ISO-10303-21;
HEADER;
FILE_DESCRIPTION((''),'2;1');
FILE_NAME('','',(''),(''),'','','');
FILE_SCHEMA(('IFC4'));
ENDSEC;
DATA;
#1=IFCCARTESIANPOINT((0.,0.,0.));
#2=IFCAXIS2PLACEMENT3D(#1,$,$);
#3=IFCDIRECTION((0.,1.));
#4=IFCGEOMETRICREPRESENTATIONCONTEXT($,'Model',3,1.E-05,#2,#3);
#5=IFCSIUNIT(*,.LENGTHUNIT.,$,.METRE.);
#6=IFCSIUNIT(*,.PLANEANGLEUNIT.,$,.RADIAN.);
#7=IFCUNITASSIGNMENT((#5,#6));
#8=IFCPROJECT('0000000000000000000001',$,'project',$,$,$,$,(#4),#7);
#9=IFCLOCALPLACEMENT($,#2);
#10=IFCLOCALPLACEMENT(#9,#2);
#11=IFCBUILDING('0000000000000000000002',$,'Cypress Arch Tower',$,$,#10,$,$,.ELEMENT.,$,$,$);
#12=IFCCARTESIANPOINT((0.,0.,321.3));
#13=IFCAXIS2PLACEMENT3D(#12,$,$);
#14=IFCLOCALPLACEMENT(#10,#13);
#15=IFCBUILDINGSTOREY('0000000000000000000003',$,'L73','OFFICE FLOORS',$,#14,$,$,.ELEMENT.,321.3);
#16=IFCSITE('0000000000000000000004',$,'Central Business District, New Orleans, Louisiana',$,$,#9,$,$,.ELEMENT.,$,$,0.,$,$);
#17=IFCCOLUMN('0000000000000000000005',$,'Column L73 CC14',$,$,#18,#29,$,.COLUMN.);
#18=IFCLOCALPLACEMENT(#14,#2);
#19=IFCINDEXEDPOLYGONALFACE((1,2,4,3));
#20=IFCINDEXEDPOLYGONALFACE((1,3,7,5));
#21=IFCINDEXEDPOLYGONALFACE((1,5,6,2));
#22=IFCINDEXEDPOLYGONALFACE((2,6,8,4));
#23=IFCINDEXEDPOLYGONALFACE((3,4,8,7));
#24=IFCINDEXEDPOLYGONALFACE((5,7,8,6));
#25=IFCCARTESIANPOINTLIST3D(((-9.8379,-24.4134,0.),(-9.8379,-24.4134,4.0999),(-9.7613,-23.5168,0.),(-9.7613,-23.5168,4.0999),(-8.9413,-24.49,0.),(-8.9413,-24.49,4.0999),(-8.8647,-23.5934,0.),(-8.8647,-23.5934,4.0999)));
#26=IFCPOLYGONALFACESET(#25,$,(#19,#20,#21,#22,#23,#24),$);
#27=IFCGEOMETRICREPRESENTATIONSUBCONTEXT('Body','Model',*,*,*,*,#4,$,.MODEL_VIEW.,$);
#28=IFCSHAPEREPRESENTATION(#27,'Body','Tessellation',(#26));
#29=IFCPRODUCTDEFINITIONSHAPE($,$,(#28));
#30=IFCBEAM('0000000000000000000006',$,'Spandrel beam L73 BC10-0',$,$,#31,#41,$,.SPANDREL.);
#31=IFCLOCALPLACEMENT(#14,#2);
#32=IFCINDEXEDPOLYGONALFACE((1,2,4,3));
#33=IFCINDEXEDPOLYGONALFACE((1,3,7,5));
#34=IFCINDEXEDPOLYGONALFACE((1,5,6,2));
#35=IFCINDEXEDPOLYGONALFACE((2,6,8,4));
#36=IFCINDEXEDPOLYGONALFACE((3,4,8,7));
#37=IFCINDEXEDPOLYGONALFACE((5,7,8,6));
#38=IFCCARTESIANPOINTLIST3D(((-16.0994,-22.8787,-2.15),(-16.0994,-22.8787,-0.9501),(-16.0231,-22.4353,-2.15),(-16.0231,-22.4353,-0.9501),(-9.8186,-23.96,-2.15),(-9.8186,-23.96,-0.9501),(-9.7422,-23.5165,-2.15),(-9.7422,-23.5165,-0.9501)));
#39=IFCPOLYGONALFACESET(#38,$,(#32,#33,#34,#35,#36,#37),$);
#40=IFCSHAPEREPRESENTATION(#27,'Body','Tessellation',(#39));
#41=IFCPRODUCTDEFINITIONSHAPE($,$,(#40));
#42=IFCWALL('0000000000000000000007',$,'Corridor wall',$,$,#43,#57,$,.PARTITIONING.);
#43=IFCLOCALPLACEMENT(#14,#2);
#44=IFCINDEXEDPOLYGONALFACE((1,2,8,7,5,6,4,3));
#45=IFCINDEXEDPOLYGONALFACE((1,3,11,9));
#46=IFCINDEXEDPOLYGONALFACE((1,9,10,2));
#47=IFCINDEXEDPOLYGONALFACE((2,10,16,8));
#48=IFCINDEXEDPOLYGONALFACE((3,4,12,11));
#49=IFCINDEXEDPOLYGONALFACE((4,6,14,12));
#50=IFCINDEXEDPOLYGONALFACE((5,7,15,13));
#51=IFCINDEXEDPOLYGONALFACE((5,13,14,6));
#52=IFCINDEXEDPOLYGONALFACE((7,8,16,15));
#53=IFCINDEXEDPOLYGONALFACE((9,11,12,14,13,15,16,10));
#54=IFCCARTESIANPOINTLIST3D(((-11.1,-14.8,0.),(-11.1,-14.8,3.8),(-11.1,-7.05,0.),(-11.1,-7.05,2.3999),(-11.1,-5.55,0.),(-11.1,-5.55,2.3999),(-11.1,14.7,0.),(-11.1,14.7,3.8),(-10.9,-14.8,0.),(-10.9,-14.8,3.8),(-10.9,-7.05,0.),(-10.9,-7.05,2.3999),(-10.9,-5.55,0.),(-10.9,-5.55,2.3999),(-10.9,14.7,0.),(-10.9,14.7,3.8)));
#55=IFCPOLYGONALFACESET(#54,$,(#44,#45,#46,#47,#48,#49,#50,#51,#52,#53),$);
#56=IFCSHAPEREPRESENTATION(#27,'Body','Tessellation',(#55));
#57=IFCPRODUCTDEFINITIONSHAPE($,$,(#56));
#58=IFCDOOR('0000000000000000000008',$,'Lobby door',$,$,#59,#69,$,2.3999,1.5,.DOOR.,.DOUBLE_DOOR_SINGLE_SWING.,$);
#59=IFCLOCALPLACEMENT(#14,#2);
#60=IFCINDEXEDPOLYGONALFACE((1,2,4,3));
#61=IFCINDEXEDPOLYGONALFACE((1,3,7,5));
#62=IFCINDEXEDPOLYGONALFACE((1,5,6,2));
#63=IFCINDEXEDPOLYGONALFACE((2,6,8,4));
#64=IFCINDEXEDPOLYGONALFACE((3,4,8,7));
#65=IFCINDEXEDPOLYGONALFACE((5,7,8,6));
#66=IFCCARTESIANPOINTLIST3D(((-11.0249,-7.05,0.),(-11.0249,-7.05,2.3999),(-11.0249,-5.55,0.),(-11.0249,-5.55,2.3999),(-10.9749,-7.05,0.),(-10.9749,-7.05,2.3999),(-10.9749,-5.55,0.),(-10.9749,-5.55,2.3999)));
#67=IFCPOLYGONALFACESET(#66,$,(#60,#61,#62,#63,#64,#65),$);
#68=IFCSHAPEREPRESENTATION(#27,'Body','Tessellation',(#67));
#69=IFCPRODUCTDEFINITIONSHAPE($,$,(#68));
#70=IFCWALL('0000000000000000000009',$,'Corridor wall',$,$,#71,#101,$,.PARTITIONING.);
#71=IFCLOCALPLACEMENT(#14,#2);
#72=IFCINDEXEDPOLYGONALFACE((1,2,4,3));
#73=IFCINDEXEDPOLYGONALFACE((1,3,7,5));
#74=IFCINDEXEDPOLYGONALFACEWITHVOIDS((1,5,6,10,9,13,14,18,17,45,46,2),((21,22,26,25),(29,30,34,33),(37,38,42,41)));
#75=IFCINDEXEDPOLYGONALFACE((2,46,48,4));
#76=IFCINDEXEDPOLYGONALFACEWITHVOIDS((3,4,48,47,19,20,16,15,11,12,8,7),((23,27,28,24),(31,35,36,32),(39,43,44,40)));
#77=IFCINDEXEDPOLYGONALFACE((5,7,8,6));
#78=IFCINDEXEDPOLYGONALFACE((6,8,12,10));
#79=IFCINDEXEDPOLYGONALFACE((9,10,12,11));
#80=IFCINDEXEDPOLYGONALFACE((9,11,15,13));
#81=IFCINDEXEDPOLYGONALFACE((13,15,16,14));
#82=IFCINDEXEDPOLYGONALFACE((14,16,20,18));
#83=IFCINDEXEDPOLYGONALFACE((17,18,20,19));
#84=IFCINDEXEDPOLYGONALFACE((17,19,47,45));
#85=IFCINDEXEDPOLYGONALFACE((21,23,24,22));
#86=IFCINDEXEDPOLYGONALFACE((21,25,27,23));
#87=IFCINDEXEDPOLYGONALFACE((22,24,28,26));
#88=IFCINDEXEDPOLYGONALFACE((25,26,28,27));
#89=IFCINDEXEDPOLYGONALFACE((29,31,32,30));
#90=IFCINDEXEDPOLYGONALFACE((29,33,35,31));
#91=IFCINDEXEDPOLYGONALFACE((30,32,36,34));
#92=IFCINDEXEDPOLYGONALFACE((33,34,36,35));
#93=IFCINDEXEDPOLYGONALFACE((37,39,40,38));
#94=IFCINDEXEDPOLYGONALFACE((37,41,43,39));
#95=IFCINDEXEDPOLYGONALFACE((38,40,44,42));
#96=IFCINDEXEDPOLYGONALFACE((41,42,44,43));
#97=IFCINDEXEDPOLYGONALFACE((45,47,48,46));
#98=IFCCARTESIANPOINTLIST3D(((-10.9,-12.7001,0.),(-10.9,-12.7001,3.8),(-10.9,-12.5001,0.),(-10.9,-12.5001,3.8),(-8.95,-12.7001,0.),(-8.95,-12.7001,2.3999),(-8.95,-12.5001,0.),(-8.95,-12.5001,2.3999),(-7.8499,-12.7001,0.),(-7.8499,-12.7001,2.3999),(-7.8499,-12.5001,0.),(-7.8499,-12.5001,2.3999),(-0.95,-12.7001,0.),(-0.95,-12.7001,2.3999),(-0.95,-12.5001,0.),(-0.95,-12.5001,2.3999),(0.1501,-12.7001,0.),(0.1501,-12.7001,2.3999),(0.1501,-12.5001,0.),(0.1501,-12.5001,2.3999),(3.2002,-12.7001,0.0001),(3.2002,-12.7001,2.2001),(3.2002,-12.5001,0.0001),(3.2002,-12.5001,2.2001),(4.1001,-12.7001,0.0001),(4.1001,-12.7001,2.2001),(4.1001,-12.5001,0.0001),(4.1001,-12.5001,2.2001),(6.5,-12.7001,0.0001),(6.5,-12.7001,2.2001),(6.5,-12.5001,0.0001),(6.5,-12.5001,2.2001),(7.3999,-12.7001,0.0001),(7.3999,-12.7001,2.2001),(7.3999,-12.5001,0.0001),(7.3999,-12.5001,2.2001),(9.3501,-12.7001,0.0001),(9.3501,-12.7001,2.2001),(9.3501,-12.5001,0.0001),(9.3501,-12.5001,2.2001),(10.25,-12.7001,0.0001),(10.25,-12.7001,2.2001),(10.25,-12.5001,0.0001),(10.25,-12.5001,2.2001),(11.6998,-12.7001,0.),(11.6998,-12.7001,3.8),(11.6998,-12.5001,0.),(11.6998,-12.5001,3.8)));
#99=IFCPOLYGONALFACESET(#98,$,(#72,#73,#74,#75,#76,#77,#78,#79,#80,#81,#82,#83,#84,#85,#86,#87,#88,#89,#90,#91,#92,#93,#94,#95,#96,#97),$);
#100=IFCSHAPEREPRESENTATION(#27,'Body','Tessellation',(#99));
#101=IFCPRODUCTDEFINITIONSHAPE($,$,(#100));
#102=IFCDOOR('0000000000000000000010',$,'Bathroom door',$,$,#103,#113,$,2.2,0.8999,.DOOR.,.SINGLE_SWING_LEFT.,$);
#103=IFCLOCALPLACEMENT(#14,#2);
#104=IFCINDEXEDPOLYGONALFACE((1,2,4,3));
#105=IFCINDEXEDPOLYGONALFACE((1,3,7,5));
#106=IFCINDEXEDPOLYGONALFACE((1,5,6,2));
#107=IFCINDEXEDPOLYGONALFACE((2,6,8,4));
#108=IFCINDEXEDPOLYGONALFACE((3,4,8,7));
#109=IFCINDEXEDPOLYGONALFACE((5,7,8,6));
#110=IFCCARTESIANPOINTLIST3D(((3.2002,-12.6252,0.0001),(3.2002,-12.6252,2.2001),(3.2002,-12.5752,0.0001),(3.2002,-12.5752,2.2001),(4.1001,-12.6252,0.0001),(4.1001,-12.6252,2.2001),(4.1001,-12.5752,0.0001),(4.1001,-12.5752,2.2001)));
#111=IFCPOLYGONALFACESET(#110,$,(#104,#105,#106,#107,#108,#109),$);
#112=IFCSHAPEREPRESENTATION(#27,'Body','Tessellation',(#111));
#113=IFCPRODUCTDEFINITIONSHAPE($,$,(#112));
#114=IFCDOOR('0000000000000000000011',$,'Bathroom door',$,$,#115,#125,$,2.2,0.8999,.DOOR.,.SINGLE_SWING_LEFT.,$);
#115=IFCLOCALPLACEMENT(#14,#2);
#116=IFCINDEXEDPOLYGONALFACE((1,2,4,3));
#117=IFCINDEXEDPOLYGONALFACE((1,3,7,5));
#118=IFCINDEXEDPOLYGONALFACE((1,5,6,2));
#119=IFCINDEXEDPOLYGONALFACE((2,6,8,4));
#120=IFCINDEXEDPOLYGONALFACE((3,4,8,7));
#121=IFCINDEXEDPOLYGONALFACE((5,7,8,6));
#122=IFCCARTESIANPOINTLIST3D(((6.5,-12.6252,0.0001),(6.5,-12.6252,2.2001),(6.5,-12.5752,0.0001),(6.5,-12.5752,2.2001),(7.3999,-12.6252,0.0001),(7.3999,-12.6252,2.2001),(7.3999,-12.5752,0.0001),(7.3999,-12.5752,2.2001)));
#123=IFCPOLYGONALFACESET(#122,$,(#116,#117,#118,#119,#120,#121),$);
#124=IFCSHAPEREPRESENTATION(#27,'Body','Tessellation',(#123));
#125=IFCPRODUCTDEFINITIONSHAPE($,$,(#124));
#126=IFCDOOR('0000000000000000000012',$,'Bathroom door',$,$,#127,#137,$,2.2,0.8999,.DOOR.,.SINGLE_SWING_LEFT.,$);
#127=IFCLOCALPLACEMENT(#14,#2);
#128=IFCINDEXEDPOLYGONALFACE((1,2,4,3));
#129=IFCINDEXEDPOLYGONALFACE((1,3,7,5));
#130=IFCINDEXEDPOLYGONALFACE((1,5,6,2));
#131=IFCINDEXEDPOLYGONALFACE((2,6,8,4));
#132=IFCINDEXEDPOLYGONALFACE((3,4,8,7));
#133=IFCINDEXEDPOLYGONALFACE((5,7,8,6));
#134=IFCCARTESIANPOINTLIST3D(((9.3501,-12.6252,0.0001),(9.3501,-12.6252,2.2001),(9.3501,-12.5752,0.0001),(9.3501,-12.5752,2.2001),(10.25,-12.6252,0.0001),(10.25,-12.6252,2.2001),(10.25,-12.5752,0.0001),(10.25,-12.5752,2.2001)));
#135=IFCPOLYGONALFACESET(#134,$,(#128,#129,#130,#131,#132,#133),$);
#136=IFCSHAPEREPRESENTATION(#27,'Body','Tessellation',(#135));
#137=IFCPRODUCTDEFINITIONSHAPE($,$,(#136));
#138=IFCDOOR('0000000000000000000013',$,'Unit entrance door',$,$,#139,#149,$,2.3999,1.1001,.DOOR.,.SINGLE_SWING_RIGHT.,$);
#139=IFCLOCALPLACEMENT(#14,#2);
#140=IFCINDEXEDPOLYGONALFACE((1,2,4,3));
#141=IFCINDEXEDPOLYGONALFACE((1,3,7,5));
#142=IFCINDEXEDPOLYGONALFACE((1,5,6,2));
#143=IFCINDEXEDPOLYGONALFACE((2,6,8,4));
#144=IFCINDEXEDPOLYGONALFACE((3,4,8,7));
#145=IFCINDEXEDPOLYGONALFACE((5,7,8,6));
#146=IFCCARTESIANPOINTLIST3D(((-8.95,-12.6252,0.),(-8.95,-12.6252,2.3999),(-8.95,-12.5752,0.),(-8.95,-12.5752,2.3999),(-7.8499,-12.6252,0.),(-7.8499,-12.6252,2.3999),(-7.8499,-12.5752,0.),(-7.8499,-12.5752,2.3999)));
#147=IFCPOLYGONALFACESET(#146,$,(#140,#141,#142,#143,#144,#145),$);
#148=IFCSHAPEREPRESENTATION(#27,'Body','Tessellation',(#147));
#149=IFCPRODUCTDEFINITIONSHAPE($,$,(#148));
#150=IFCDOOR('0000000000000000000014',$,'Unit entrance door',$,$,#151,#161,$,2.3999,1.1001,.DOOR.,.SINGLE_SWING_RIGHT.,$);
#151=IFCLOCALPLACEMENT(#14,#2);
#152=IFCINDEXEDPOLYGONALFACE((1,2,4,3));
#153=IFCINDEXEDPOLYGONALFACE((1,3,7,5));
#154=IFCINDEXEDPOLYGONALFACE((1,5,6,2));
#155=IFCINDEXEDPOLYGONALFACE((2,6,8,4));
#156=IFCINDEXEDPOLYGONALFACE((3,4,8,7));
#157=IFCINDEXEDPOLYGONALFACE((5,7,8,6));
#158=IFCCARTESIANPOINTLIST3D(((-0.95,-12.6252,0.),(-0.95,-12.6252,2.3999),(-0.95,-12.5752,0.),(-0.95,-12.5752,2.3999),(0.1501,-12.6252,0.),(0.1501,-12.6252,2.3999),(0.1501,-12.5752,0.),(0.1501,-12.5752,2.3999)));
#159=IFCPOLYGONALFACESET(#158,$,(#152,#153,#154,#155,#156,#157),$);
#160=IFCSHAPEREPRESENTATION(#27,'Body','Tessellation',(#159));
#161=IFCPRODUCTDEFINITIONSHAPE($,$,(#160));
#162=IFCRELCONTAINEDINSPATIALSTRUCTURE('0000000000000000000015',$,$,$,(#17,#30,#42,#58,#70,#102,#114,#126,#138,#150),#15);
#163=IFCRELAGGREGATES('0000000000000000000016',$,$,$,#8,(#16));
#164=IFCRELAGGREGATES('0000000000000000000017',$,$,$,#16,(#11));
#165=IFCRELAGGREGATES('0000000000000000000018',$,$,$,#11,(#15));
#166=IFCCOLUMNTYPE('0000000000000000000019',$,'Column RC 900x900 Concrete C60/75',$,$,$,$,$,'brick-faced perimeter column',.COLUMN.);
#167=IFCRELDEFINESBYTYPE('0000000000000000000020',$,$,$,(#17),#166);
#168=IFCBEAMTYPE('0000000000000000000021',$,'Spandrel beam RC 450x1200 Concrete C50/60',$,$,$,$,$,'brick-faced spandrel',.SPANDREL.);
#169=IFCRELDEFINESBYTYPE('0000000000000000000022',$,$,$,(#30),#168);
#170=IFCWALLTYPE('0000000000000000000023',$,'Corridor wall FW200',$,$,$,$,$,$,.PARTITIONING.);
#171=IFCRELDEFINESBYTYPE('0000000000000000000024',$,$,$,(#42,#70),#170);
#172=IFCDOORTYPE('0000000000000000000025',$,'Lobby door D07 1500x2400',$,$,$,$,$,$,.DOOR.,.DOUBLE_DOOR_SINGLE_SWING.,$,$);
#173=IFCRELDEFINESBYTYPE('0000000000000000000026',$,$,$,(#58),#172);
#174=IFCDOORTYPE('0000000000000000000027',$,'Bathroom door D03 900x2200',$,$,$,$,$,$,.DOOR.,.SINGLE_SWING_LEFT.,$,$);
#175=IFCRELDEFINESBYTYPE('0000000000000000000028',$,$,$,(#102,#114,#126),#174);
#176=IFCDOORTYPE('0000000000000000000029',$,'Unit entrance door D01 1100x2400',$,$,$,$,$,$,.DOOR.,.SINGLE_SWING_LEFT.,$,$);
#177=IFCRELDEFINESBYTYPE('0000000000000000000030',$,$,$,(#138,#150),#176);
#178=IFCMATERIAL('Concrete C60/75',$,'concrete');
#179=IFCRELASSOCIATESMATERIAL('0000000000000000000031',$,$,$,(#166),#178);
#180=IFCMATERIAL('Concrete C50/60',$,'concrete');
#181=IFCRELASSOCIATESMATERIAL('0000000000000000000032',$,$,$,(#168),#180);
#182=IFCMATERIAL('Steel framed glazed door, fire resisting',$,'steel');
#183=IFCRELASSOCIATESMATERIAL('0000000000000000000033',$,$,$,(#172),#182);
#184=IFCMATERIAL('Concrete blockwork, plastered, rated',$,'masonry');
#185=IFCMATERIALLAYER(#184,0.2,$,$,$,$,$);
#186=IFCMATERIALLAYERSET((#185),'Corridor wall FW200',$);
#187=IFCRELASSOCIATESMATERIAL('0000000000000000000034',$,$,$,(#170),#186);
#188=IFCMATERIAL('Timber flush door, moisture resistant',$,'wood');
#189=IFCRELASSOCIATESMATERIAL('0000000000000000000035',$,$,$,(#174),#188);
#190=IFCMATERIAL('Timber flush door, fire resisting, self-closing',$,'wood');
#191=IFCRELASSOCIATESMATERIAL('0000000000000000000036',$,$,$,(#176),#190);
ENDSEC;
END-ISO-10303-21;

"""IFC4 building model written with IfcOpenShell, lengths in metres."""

from ifc_helpers import new_model, si_unit, direction, frame, frame_2d, origin, origin_2d, place, context, subcontext, project, spatial, rectangle, extrude, material, layer, layer_set, material_profile, profile_set, type_object, element, fill, save


model = new_model("IFC4")

# Units and contexts
model_context = context("Model", 3, precision=1e-05, world=origin(), true_north=direction((0.0, 1.0)))
body_context = subcontext(model_context, "Body", "Model", "MODEL_VIEW")
ifc_project = project(units=[si_unit("LENGTHUNIT", "METRE"), si_unit("PLANEANGLEUNIT", "RADIAN")], contexts=[model_context])

# Site, building, storey
site_placement = place(None, origin())
site = spatial("IfcSite", under=ifc_project, at=site_placement, Name="Central Business District, New Orleans, Louisiana", CompositionType="ELEMENT", RefElevation=0.0)
building_placement = place(site_placement, origin())
building = spatial("IfcBuilding", under=site, at=building_placement, Name="Cypress Arch Tower", CompositionType="ELEMENT")
storey_placement = place(building_placement, frame((0.0, 0.0, 321.3)))
storey = spatial("IfcBuildingStorey", under=building, at=storey_placement, Name="L73", Description="OFFICE FLOORS", CompositionType="ELEMENT", Elevation=321.3)

# Column
ifc_material_1 = material(Name="Concrete C60/75", Category="concrete")
ifc_material_profile_1 = material_profile(ifc_material_1, rectangle(XDim=0.8999, YDim=0.8999, at=origin_2d()), Name="RC 900x900")
ifc_profile_set_1 = profile_set([ifc_material_profile_1], Name="Concrete C60/75")
column_type = type_object("IfcColumnType", Name="Column RC 900x900 Concrete C60/75", ElementType="brick-faced perimeter column", PredefinedType="COLUMN", material=ifc_profile_set_1)
column_placement = place(storey_placement, frame((-9.3513, -24.0034, 0.0), z_axis=(0.0, 0.0, 1.0), x_axis=(0.996368, -0.085149, 0.0)))
element("IfcColumn", 1, at=column_placement, inside=storey, type_object=column_type, Name="Column L73 CC14", PredefinedType="COLUMN", context=body_context, shape_type="SweptSolid", body=[
    extrude(rectangle(XDim=0.8999, YDim=0.8999, at=origin_2d()), origin(), (0.0, 0.0, 1.0), 4.0999),
])

# Beam
ifc_material_2 = material(Name="Concrete C50/60", Category="concrete")
ifc_material_profile_2 = material_profile(ifc_material_2, rectangle(XDim=0.45, YDim=1.2, at=origin_2d()), Name="RC 450x1200")
ifc_profile_set_2 = profile_set([ifc_material_profile_2], Name="Concrete C50/60")
beam_type = type_object("IfcBeamType", Name="Spandrel beam RC 450x1200 Concrete C50/60", ElementType="brick-faced spandrel", PredefinedType="SPANDREL", material=ifc_profile_set_2)
beam_placement = place(storey_placement, frame((-16.0613, -22.657, -1.55), z_axis=(0.985503, -0.169658, 0.0), x_axis=(0.169658, 0.985503, 0.0)))
element("IfcBeam", 2, at=beam_placement, inside=storey, type_object=beam_type, Name="Spandrel beam L73 BC10-0", PredefinedType="SPANDREL", context=body_context, shape_type="SweptSolid", body=[
    extrude(rectangle(XDim=0.45, YDim=1.2, at=origin_2d()), origin(), (0.0, 0.0, 1.0), 6.3733),
])

# Shared definitions
ifc_material_3 = material(Name="Steel framed glazed door, fire resisting", Category="steel")
door_type_1 = type_object("IfcDoorType", Name="Lobby door D07 1500x2400", OperationType="DOUBLE_DOOR_SINGLE_SWING", PredefinedType="DOOR", material=ifc_material_3)

# Shared definitions
ifc_material_4 = material(Name="Concrete blockwork, plastered, rated", Category="masonry")
ifc_layer_1 = layer(ifc_material_4, 0.2)
ifc_layer_set_1 = layer_set([ifc_layer_1], Name="Corridor wall FW200")
wall_type_1 = type_object("IfcWallType", Name="Corridor wall FW200", PredefinedType="PARTITIONING", material=ifc_layer_set_1)

# Wall, opening, door
wall_1_placement = place(storey_placement, frame((-11.0, -14.8, 0.0), z_axis=(0.0, 0.0, 1.0), x_axis=(0.0, 1.0, 0.0)))
wall_1 = element("IfcWall", 3, at=wall_1_placement, inside=storey, type_object=wall_type_1, Name="Corridor wall", PredefinedType="PARTITIONING", context=body_context, shape_type="SweptSolid", body=[
    extrude(rectangle(XDim=29.5, YDim=0.2, at=frame_2d((14.75, 0.0))), origin(), (0.0, 0.0, 1.0), 3.8),
])
opening_1_placement = place(wall_1_placement, frame((7.75, 0.0, 0.0)))
opening_1 = element("IfcOpeningElement", 4, at=opening_1_placement, cuts=wall_1, PredefinedType="OPENING", context=body_context, shape_type="SweptSolid", body=[
    extrude(rectangle(XDim=1.5, YDim=2.3999, at=frame_2d((0.75, 1.2))), frame((0.0, 0.1099, 0.0), z_axis=(0.0, -1.0, 0.0), x_axis=(1.0, 0.0, 0.0)), (0.0, 0.0, 1.0), 0.22),
])
door_1_placement = place(opening_1_placement, origin())
door_1 = element("IfcDoor", 5, at=door_1_placement, inside=storey, type_object=door_type_1, Name="Lobby door", OperationType="DOUBLE_DOOR_SINGLE_SWING", OverallHeight=2.3999, OverallWidth=1.5, PredefinedType="DOOR", context=body_context, shape_type="SweptSolid", body=[
    extrude(rectangle(XDim=1.5, YDim=2.3999, at=frame_2d((0.75, 1.2))), frame((0.0, 0.0249, 0.0), z_axis=(0.0, -1.0, 0.0), x_axis=(1.0, 0.0, 0.0)), (0.0, 0.0, 1.0), 0.05),
])
fill(opening_1, door_1)

# Wall, openings, doors
wall_2_placement = place(storey_placement, frame((-10.8999, -12.6001, 0.0), z_axis=(0.0, 0.0, 1.0), x_axis=(1.0, 0.0, 0.0)))
wall_2 = element("IfcWall", 6, at=wall_2_placement, inside=storey, type_object=wall_type_1, Name="Corridor wall", PredefinedType="PARTITIONING", context=body_context, shape_type="SweptSolid", body=[
    extrude(rectangle(XDim=22.5999, YDim=0.2, at=frame_2d((11.2998, 0.0))), origin(), (0.0, 0.0, 1.0), 3.8),
])
opening_2_placement = place(wall_2_placement, frame((14.1001, 0.0, 0.0)))
opening_2 = element("IfcOpeningElement", 7, at=opening_2_placement, cuts=wall_2, PredefinedType="OPENING", context=body_context, shape_type="SweptSolid", body=[
    extrude(rectangle(XDim=0.8999, YDim=2.2, at=frame_2d((0.45, 1.1001))), frame((0.0, 0.1099, 0.0), z_axis=(0.0, -1.0, 0.0), x_axis=(1.0, 0.0, 0.0)), (0.0, 0.0, 1.0), 0.22),
])
opening_3_placement = place(wall_2_placement, frame((17.3999, 0.0, 0.0)))
opening_3 = element("IfcOpeningElement", 8, at=opening_3_placement, cuts=wall_2, PredefinedType="OPENING", context=body_context, shape_type="SweptSolid", body=[
    extrude(rectangle(XDim=0.8999, YDim=2.2, at=frame_2d((0.45, 1.1001))), frame((0.0, 0.1099, 0.0), z_axis=(0.0, -1.0, 0.0), x_axis=(1.0, 0.0, 0.0)), (0.0, 0.0, 1.0), 0.22),
])
opening_4_placement = place(wall_2_placement, frame((20.25, 0.0, 0.0)))
opening_4 = element("IfcOpeningElement", 9, at=opening_4_placement, cuts=wall_2, PredefinedType="OPENING", context=body_context, shape_type="SweptSolid", body=[
    extrude(rectangle(XDim=0.8999, YDim=2.2, at=frame_2d((0.45, 1.1001))), frame((0.0, 0.1099, 0.0), z_axis=(0.0, -1.0, 0.0), x_axis=(1.0, 0.0, 0.0)), (0.0, 0.0, 1.0), 0.22),
])
opening_5_placement = place(wall_2_placement, frame((1.95, 0.0, 0.0)))
opening_5 = element("IfcOpeningElement", 10, at=opening_5_placement, cuts=wall_2, PredefinedType="OPENING", context=body_context, shape_type="SweptSolid", body=[
    extrude(rectangle(XDim=1.1001, YDim=2.3999, at=frame_2d((0.55, 1.2))), frame((0.0, 0.1099, 0.0), z_axis=(0.0, -1.0, 0.0), x_axis=(1.0, 0.0, 0.0)), (0.0, 0.0, 1.0), 0.22),
])
opening_6_placement = place(wall_2_placement, frame((9.95, 0.0, 0.0)))
opening_6 = element("IfcOpeningElement", 11, at=opening_6_placement, cuts=wall_2, PredefinedType="OPENING", context=body_context, shape_type="SweptSolid", body=[
    extrude(rectangle(XDim=1.1001, YDim=2.3999, at=frame_2d((0.55, 1.2))), frame((0.0, 0.1099, 0.0), z_axis=(0.0, -1.0, 0.0), x_axis=(1.0, 0.0, 0.0)), (0.0, 0.0, 1.0), 0.22),
])
ifc_material_5 = material(Name="Timber flush door, moisture resistant", Category="wood")
door_type_2 = type_object("IfcDoorType", Name="Bathroom door D03 900x2200", OperationType="SINGLE_SWING_LEFT", PredefinedType="DOOR", material=ifc_material_5)
door_2_placement = place(opening_2_placement, origin())
door_2 = element("IfcDoor", 12, at=door_2_placement, inside=storey, type_object=door_type_2, Name="Bathroom door", OperationType="SINGLE_SWING_LEFT", OverallHeight=2.2, OverallWidth=0.8999, PredefinedType="DOOR", context=body_context, shape_type="SweptSolid", body=[
    extrude(rectangle(XDim=0.8999, YDim=2.2, at=frame_2d((0.45, 1.1001))), frame((0.0, 0.0249, 0.0), z_axis=(0.0, -1.0, 0.0), x_axis=(1.0, 0.0, 0.0)), (0.0, 0.0, 1.0), 0.05),
])
fill(opening_2, door_2)
door_3_placement = place(opening_3_placement, origin())
door_3 = element("IfcDoor", 13, at=door_3_placement, inside=storey, type_object=door_type_2, Name="Bathroom door", OperationType="SINGLE_SWING_LEFT", OverallHeight=2.2, OverallWidth=0.8999, PredefinedType="DOOR", context=body_context, shape_type="SweptSolid", body=[
    extrude(rectangle(XDim=0.8999, YDim=2.2, at=frame_2d((0.45, 1.1001))), frame((0.0, 0.0249, 0.0), z_axis=(0.0, -1.0, 0.0), x_axis=(1.0, 0.0, 0.0)), (0.0, 0.0, 1.0), 0.05),
])
fill(opening_3, door_3)
door_4_placement = place(opening_4_placement, origin())
door_4 = element("IfcDoor", 14, at=door_4_placement, inside=storey, type_object=door_type_2, Name="Bathroom door", OperationType="SINGLE_SWING_LEFT", OverallHeight=2.2, OverallWidth=0.8999, PredefinedType="DOOR", context=body_context, shape_type="SweptSolid", body=[
    extrude(rectangle(XDim=0.8999, YDim=2.2, at=frame_2d((0.45, 1.1001))), frame((0.0, 0.0249, 0.0), z_axis=(0.0, -1.0, 0.0), x_axis=(1.0, 0.0, 0.0)), (0.0, 0.0, 1.0), 0.05),
])
fill(opening_4, door_4)
ifc_material_6 = material(Name="Timber flush door, fire resisting, self-closing", Category="wood")
door_type_3 = type_object("IfcDoorType", Name="Unit entrance door D01 1100x2400", OperationType="SINGLE_SWING_LEFT", PredefinedType="DOOR", material=ifc_material_6)
door_5_placement = place(opening_5_placement, origin())
door_5 = element("IfcDoor", 15, at=door_5_placement, inside=storey, type_object=door_type_3, Name="Unit entrance door", OperationType="SINGLE_SWING_RIGHT", OverallHeight=2.3999, OverallWidth=1.1001, PredefinedType="DOOR", context=body_context, shape_type="SweptSolid", body=[
    extrude(rectangle(XDim=1.1001, YDim=2.3999, at=frame_2d((0.55, 1.2))), frame((0.0, 0.0249, 0.0), z_axis=(0.0, -1.0, 0.0), x_axis=(1.0, 0.0, 0.0)), (0.0, 0.0, 1.0), 0.05),
])
fill(opening_5, door_5)
door_6_placement = place(opening_6_placement, origin())
door_6 = element("IfcDoor", 16, at=door_6_placement, inside=storey, type_object=door_type_3, Name="Unit entrance door", OperationType="SINGLE_SWING_RIGHT", OverallHeight=2.3999, OverallWidth=1.1001, PredefinedType="DOOR", context=body_context, shape_type="SweptSolid", body=[
    extrude(rectangle(XDim=1.1001, YDim=2.3999, at=frame_2d((0.55, 1.2))), frame((0.0, 0.0249, 0.0), z_axis=(0.0, -1.0, 0.0), x_axis=(1.0, 0.0, 0.0)), (0.0, 0.0, 1.0), 0.05),
])
fill(opening_6, door_6)

save(model, "model.ifc")
